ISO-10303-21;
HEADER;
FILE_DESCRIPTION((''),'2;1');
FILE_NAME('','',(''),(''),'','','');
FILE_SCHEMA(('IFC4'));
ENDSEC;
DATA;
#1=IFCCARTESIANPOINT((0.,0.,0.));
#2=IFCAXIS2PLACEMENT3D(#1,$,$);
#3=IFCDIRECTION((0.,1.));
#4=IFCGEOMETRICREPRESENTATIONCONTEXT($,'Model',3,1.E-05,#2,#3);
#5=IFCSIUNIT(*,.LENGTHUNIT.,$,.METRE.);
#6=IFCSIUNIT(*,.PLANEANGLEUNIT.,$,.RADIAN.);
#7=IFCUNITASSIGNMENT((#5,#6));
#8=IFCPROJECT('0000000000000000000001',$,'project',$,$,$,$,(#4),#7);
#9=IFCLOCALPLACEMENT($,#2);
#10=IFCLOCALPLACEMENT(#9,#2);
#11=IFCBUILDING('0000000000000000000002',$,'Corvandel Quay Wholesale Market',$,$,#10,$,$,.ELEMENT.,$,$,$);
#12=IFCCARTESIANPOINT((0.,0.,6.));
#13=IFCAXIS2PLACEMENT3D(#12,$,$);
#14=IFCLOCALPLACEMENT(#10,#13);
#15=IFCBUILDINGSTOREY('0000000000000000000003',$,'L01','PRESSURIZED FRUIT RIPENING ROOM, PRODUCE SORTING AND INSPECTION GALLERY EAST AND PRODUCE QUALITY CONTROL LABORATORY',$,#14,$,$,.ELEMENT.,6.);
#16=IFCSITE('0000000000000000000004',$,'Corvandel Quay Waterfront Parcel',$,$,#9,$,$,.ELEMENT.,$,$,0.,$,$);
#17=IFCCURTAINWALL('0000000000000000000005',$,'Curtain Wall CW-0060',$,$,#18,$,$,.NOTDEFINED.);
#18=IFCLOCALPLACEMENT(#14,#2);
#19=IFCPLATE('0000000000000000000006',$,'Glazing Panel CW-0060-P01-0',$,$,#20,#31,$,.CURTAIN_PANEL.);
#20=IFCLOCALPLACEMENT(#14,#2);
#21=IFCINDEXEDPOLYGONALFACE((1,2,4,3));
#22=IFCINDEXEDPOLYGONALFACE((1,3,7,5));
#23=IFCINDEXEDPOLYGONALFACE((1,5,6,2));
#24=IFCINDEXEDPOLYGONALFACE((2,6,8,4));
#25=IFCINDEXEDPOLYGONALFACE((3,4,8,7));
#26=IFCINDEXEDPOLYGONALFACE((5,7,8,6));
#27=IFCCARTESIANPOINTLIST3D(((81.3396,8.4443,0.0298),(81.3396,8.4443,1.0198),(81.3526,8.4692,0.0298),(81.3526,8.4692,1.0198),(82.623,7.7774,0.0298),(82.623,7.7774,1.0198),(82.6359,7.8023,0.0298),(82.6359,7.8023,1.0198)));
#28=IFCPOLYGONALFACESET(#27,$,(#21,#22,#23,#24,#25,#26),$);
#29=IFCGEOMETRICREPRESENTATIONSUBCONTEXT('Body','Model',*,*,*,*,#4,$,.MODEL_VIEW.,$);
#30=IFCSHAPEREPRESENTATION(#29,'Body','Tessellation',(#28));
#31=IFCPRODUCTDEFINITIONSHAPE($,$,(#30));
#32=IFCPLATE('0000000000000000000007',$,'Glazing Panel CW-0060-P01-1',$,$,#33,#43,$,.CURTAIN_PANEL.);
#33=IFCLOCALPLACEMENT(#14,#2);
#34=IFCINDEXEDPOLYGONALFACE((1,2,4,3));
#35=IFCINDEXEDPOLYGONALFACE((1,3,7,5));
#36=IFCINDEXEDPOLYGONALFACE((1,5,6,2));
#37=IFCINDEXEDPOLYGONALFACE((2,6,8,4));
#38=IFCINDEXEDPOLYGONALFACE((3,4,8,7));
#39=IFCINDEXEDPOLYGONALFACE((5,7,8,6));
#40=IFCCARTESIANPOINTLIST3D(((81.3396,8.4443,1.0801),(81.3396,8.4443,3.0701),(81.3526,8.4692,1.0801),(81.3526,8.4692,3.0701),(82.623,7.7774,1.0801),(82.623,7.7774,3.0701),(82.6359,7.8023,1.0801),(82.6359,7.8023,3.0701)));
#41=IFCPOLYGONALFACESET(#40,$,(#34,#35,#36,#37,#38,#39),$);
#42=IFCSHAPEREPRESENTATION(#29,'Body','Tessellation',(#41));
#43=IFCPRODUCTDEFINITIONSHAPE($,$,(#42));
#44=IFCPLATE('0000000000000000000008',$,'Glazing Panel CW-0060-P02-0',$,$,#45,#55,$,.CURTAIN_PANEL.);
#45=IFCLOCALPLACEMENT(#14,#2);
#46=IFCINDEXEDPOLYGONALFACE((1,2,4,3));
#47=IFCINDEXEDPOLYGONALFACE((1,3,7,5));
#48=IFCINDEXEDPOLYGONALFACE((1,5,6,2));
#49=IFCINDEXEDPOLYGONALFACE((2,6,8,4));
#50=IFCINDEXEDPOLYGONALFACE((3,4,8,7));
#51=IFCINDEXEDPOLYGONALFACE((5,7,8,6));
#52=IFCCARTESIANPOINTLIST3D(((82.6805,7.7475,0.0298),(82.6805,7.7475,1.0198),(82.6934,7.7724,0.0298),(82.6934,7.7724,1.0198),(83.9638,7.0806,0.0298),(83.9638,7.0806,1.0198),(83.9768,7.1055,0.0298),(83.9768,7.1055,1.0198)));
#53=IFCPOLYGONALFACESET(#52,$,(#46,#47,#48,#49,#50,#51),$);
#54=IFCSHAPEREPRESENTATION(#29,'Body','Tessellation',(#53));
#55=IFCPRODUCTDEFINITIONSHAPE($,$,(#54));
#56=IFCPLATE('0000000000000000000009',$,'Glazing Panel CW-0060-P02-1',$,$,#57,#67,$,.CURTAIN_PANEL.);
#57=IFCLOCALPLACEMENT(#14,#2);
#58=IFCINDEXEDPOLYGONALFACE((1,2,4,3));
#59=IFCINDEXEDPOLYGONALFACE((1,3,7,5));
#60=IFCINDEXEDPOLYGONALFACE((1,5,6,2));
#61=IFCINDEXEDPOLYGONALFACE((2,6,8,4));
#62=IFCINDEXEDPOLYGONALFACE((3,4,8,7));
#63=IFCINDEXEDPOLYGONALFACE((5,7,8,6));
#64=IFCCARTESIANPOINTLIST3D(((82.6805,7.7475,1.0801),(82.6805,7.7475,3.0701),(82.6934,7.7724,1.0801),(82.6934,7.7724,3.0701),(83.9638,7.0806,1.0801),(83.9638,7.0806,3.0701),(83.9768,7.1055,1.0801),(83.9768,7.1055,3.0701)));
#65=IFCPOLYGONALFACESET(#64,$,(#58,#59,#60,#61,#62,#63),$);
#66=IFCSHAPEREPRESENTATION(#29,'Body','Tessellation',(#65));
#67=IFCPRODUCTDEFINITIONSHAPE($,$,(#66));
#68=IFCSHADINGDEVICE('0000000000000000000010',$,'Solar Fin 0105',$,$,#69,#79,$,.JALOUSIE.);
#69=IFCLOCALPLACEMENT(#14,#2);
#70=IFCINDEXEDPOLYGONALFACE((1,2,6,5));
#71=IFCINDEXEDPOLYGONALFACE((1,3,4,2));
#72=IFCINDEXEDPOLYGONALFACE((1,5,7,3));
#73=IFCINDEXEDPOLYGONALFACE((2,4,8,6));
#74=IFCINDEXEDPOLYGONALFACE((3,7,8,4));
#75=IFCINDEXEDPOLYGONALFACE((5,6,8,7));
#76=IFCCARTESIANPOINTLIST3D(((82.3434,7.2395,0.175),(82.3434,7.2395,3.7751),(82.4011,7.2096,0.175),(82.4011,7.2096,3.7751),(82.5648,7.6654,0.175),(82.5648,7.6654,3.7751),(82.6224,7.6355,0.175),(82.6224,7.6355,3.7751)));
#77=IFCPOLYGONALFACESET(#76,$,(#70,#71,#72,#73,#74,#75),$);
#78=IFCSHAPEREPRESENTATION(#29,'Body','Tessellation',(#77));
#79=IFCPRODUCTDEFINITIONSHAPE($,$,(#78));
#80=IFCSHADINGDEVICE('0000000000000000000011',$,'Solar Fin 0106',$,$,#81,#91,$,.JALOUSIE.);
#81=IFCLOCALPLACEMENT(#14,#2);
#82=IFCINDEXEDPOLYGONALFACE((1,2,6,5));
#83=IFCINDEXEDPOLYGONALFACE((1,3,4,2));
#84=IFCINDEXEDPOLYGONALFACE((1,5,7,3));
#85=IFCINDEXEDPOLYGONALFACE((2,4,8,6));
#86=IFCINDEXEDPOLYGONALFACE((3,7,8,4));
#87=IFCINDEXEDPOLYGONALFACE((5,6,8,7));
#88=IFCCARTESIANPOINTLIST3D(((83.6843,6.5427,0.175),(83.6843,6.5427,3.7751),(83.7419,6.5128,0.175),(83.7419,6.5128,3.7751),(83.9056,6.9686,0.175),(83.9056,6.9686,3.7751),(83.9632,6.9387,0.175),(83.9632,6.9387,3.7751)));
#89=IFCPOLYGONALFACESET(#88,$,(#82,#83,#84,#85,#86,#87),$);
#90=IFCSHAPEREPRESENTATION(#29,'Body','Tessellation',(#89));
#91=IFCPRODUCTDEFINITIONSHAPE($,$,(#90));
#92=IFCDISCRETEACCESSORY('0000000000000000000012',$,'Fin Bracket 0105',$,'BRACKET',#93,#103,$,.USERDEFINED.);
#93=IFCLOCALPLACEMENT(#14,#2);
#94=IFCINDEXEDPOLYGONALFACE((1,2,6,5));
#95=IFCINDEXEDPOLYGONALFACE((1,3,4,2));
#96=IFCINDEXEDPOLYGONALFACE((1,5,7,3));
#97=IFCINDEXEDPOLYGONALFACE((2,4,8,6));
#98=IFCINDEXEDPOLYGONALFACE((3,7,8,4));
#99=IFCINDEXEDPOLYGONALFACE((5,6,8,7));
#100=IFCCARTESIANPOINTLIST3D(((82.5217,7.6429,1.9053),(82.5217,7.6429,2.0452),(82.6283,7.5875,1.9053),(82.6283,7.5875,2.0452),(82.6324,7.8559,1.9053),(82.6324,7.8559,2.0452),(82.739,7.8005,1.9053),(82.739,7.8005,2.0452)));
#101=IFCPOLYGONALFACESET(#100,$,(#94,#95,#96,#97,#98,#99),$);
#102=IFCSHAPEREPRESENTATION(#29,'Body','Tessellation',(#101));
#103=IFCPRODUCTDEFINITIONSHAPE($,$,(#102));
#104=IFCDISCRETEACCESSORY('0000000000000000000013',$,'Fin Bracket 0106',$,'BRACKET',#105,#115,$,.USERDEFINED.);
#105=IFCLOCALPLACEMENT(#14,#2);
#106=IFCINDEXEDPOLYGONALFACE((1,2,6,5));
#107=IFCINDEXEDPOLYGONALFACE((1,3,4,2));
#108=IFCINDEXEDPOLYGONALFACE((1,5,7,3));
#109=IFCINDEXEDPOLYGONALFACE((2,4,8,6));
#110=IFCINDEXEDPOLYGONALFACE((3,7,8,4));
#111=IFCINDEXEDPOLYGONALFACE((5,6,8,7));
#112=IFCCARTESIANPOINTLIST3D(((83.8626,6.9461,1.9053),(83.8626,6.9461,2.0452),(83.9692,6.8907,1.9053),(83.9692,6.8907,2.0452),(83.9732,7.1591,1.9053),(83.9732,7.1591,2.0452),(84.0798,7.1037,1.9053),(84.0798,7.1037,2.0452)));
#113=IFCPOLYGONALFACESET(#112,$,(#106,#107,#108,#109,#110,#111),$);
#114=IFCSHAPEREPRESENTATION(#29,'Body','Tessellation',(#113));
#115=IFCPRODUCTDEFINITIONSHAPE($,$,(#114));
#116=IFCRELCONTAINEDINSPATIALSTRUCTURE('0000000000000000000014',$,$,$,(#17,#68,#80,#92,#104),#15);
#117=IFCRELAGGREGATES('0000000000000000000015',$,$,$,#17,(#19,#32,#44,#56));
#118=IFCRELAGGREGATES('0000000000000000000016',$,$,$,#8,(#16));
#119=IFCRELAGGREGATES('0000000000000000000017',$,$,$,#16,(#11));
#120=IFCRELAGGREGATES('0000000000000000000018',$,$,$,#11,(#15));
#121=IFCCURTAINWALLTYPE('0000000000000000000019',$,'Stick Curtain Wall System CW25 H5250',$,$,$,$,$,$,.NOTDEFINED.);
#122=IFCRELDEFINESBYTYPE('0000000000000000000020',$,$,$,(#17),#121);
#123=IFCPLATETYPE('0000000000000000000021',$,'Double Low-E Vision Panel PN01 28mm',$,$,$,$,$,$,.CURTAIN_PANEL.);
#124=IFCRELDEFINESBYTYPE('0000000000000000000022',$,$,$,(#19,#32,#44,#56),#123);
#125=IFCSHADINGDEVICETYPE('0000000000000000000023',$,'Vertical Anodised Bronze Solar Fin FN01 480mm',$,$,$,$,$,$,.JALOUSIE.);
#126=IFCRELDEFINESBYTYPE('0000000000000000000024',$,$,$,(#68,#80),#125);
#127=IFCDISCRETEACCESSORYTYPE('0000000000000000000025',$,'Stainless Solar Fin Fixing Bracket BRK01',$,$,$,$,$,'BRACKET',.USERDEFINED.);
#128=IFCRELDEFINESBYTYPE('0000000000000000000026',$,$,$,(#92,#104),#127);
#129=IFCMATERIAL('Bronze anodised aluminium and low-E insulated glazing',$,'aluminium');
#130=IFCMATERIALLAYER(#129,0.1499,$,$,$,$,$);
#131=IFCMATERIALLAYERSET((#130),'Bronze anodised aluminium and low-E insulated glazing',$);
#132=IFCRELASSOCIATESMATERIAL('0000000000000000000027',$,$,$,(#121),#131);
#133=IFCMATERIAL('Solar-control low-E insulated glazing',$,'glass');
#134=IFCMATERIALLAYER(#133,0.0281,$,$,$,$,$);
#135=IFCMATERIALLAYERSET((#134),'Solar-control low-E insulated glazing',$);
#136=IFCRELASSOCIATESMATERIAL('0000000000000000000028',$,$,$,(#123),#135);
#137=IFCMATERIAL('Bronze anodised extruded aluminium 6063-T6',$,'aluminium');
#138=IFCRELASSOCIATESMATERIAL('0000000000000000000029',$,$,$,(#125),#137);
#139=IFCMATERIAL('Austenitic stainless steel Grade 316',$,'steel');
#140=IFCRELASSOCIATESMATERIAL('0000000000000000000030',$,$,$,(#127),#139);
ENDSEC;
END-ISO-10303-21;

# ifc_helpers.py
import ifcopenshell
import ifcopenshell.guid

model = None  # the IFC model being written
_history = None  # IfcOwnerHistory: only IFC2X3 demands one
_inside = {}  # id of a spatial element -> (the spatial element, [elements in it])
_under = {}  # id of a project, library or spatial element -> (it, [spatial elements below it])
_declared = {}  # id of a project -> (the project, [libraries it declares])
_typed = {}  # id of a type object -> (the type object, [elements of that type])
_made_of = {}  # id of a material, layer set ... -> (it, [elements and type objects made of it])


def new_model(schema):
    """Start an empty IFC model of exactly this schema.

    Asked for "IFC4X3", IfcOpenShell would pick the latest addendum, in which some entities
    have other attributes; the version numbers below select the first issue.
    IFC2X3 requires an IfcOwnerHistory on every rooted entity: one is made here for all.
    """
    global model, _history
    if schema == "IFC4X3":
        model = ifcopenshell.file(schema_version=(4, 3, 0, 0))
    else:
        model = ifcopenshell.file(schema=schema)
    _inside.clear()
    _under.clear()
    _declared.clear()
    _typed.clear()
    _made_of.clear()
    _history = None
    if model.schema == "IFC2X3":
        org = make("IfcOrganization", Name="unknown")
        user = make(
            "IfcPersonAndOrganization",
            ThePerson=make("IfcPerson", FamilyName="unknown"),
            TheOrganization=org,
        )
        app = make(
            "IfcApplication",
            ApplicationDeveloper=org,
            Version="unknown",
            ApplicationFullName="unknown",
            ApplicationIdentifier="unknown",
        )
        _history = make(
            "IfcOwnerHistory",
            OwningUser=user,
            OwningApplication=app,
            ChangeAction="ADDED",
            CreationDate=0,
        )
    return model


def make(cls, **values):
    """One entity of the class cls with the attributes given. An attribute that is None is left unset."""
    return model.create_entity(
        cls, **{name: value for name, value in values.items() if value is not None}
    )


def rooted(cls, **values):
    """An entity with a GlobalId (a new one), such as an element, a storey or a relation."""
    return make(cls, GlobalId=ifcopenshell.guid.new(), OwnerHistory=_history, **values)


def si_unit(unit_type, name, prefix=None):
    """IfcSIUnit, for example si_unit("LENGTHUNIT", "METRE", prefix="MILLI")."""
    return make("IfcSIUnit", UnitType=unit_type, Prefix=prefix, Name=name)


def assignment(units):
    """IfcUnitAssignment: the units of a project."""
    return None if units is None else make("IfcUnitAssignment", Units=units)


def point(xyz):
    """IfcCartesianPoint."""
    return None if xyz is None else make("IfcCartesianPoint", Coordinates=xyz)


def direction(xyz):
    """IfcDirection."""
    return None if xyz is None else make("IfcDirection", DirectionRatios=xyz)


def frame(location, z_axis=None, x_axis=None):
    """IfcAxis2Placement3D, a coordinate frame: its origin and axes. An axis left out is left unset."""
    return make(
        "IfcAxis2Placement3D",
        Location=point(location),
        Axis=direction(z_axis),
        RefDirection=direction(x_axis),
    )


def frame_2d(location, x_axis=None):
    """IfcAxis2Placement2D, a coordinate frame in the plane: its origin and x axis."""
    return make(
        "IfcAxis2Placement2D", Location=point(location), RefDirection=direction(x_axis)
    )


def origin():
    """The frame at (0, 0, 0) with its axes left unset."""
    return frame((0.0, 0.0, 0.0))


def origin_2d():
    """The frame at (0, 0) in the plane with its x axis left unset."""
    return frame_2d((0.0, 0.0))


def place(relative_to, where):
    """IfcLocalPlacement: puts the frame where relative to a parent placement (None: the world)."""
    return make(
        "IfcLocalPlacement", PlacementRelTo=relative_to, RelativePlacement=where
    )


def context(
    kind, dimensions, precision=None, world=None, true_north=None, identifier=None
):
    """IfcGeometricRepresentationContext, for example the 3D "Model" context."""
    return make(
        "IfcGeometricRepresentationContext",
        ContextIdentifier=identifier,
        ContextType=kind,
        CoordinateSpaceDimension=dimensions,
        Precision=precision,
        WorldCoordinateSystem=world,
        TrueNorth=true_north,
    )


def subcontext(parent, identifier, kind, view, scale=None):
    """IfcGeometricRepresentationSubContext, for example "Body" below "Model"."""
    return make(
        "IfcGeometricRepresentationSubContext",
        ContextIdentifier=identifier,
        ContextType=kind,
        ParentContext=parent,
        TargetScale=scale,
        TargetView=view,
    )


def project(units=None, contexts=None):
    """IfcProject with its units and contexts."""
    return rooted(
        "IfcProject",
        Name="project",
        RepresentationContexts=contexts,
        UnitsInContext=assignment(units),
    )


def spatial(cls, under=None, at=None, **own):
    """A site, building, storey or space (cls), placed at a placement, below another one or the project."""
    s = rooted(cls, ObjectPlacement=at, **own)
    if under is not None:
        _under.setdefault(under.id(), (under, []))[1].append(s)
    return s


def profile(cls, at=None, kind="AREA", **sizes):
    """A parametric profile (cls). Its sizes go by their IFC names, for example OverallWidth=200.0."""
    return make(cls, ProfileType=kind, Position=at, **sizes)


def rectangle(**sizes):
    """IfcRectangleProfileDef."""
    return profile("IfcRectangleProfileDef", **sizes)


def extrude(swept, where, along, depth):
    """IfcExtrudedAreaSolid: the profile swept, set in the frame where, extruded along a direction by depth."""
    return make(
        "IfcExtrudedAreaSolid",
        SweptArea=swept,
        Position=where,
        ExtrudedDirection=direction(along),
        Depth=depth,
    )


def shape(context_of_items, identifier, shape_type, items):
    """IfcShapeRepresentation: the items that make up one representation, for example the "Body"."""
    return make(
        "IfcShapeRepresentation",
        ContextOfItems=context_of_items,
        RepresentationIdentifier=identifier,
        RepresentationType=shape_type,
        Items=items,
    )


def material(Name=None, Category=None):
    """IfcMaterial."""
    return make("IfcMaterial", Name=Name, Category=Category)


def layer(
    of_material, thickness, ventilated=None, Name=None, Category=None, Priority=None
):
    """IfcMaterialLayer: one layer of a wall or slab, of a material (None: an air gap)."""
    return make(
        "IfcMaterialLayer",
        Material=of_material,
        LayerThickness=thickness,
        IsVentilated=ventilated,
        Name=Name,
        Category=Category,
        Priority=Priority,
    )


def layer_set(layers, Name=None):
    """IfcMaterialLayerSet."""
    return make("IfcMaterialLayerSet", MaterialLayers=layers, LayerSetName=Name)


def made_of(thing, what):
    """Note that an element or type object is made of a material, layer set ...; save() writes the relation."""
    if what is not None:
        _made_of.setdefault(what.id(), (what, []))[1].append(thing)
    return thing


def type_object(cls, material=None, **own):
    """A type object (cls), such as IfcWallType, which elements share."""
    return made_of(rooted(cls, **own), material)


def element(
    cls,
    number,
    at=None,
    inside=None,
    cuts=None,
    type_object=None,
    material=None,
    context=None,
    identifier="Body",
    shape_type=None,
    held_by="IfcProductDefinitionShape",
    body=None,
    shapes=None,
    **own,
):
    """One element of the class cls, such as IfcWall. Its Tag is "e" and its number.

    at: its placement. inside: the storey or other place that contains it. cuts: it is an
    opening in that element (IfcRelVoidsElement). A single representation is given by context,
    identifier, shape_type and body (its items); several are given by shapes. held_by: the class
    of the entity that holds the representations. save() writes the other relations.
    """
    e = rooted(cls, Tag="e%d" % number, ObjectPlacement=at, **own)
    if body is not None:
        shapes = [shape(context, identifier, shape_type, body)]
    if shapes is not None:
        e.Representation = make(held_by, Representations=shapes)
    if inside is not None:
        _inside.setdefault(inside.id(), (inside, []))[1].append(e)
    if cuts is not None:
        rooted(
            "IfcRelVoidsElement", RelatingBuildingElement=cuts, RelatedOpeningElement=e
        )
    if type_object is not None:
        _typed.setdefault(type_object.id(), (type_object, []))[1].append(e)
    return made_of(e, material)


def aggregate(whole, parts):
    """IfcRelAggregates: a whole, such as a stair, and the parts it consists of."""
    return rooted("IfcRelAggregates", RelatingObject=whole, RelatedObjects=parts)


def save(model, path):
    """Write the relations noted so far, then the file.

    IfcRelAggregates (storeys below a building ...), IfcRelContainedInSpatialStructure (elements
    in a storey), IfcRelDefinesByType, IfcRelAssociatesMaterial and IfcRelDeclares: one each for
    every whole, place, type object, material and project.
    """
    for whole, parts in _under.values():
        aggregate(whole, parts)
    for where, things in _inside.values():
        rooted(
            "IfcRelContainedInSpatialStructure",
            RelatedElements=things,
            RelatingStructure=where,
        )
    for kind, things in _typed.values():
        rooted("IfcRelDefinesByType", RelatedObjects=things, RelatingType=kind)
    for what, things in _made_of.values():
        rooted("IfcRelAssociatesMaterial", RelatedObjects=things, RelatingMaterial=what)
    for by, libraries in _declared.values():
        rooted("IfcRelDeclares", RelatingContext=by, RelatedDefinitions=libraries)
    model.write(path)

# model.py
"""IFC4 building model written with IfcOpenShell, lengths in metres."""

from ifc_helpers import new_model, si_unit, direction, frame, origin, origin_2d, place, context, subcontext, project, spatial, rectangle, extrude, material, layer, layer_set, type_object, element, aggregate, save


model = new_model("IFC4")

# Units and contexts
model_context = context("Model", 3, precision=1e-05, world=origin(), true_north=direction((0.0, 1.0)))
body_context = subcontext(model_context, "Body", "Model", "MODEL_VIEW")
ifc_project = project(units=[si_unit("LENGTHUNIT", "METRE"), si_unit("PLANEANGLEUNIT", "RADIAN")], contexts=[model_context])

# Site, building, storey
site_placement = place(None, origin())
site = spatial("IfcSite", under=ifc_project, at=site_placement, Name="Corvandel Quay Waterfront Parcel", CompositionType="ELEMENT", RefElevation=0.0)
building_placement = place(site_placement, origin())
building = spatial("IfcBuilding", under=site, at=building_placement, Name="Corvandel Quay Wholesale Market", CompositionType="ELEMENT")
storey_placement = place(building_placement, frame((0.0, 0.0, 6.0)))
storey = spatial("IfcBuildingStorey", under=building, at=storey_placement, Name="L01", Description="PRESSURIZED FRUIT RIPENING ROOM, PRODUCE SORTING AND INSPECTION GALLERY EAST AND PRODUCE QUALITY CONTROL LABORATORY", CompositionType="ELEMENT", Elevation=6.0)

# Curtain wall, plates
ifc_material_1 = material(Name="Bronze anodised aluminium and low-E insulated glazing", Category="aluminium")
ifc_layer_1 = layer(ifc_material_1, 0.1499)
ifc_layer_set_1 = layer_set([ifc_layer_1], Name="Bronze anodised aluminium and low-E insulated glazing")
curtain_wall_type = type_object("IfcCurtainWallType", Name="Stick Curtain Wall System CW25 H5250", PredefinedType="NOTDEFINED", material=ifc_layer_set_1)
curtain_wall_placement = place(storey_placement, origin())
curtain_wall = element("IfcCurtainWall", 1, at=curtain_wall_placement, inside=storey, type_object=curtain_wall_type, Name="Curtain Wall CW-0060", PredefinedType="NOTDEFINED")
ifc_material_2 = material(Name="Solar-control low-E insulated glazing", Category="glass")
ifc_layer_2 = layer(ifc_material_2, 0.0281)
ifc_layer_set_2 = layer_set([ifc_layer_2], Name="Solar-control low-E insulated glazing")
plate_type_1 = type_object("IfcPlateType", Name="Double Low-E Vision Panel PN01 28mm", PredefinedType="CURTAIN_PANEL", material=ifc_layer_set_2)
plate_1_placement = place(storey_placement, frame((81.9878, 8.1233, 0.0298), z_axis=(0.0, 0.0, 1.0), x_axis=(-0.887333, 0.461129, 0.0)))
plate_1 = element("IfcPlate", 2, at=plate_1_placement, type_object=plate_type_1, Name="Glazing Panel CW-0060-P01-0", PredefinedType="CURTAIN_PANEL", context=body_context, shape_type="SweptSolid", body=[
    extrude(rectangle(XDim=1.4463, YDim=0.0281, at=origin_2d()), origin(), (0.0, 0.0, 1.0), 0.99),
])
plate_2_placement = place(storey_placement, frame((81.9878, 8.1233, 1.0801), z_axis=(0.0, 0.0, 1.0), x_axis=(-0.887333, 0.461129, 0.0)))
plate_2 = element("IfcPlate", 3, at=plate_2_placement, type_object=plate_type_1, Name="Glazing Panel CW-0060-P01-1", PredefinedType="CURTAIN_PANEL", context=body_context, shape_type="SweptSolid", body=[
    extrude(rectangle(XDim=1.4463, YDim=0.0281, at=origin_2d()), origin(), (0.0, 0.0, 1.0), 1.99),
])
plate_3_placement = place(storey_placement, frame((83.3286, 7.4265, 0.0298), z_axis=(0.0, 0.0, 1.0), x_axis=(-0.887333, 0.461129, 0.0)))
plate_3 = element("IfcPlate", 4, at=plate_3_placement, type_object=plate_type_1, Name="Glazing Panel CW-0060-P02-0", PredefinedType="CURTAIN_PANEL", context=body_context, shape_type="SweptSolid", body=[
    extrude(rectangle(XDim=1.4463, YDim=0.0281, at=origin_2d()), origin(), (0.0, 0.0, 1.0), 0.99),
])
plate_4_placement = place(storey_placement, frame((83.3286, 7.4265, 1.0801), z_axis=(0.0, 0.0, 1.0), x_axis=(-0.887333, 0.461129, 0.0)))
plate_4 = element("IfcPlate", 5, at=plate_4_placement, type_object=plate_type_1, Name="Glazing Panel CW-0060-P02-1", PredefinedType="CURTAIN_PANEL", context=body_context, shape_type="SweptSolid", body=[
    extrude(rectangle(XDim=1.4463, YDim=0.0281, at=origin_2d()), origin(), (0.0, 0.0, 1.0), 1.99),
])
aggregate(curtain_wall, [plate_1, plate_2, plate_3, plate_4])

# Shading devices
ifc_material_3 = material(Name="Bronze anodised extruded aluminium 6063-T6", Category="aluminium")
shading_device_type = type_object("IfcShadingDeviceType", Name="Vertical Anodised Bronze Solar Fin FN01 480mm", PredefinedType="JALOUSIE", material=ifc_material_3)
for number, where, z_axis, x_axis, name in (
    (6, (82.4829, 7.4375, 0.175), (0.0, 0.0, 1.0), (0.461129, 0.887333, 0.0), "Solar Fin 0105"),
    (7, (83.8237, 6.7407, 0.175), (0.0, 0.0, 1.0), (0.461129, 0.887333, 0.0), "Solar Fin 0106"),
):
    element("IfcShadingDevice", number, at=place(storey_placement, frame(where, z_axis=z_axis, x_axis=x_axis)), inside=storey, type_object=shading_device_type, Name=name, PredefinedType="JALOUSIE", context=body_context, shape_type="SweptSolid", body=[
        extrude(rectangle(XDim=0.48, YDim=0.0649, at=origin_2d()), origin(), (0.0, 0.0, 1.0), 3.6001),
    ])

# Discrete accessories
ifc_material_4 = material(Name="Austenitic stainless steel Grade 316", Category="steel")
discrete_accessory_type = type_object("IfcDiscreteAccessoryType", Name="Stainless Solar Fin Fixing Bracket BRK01", ElementType="BRACKET", PredefinedType="USERDEFINED", material=ifc_material_4)
for number, where, z_axis, x_axis, name in (
    (8, (82.6304, 7.7217, 1.9053), (0.0, 0.0, 1.0), (0.461129, 0.887333, 0.0), "Fin Bracket 0105"),
    (9, (83.9712, 7.0249, 1.9053), (0.0, 0.0, 1.0), (0.461129, 0.887333, 0.0), "Fin Bracket 0106"),
):
    element("IfcDiscreteAccessory", number, at=place(storey_placement, frame(where, z_axis=z_axis, x_axis=x_axis)), inside=storey, type_object=discrete_accessory_type, Name=name, ObjectType="BRACKET", PredefinedType="USERDEFINED", context=body_context, shape_type="SweptSolid", body=[
        extrude(rectangle(XDim=0.24, YDim=0.1201, at=origin_2d()), origin(), (0.0, 0.0, 1.0), 0.1399),
    ])

save(model, "model.ifc")
